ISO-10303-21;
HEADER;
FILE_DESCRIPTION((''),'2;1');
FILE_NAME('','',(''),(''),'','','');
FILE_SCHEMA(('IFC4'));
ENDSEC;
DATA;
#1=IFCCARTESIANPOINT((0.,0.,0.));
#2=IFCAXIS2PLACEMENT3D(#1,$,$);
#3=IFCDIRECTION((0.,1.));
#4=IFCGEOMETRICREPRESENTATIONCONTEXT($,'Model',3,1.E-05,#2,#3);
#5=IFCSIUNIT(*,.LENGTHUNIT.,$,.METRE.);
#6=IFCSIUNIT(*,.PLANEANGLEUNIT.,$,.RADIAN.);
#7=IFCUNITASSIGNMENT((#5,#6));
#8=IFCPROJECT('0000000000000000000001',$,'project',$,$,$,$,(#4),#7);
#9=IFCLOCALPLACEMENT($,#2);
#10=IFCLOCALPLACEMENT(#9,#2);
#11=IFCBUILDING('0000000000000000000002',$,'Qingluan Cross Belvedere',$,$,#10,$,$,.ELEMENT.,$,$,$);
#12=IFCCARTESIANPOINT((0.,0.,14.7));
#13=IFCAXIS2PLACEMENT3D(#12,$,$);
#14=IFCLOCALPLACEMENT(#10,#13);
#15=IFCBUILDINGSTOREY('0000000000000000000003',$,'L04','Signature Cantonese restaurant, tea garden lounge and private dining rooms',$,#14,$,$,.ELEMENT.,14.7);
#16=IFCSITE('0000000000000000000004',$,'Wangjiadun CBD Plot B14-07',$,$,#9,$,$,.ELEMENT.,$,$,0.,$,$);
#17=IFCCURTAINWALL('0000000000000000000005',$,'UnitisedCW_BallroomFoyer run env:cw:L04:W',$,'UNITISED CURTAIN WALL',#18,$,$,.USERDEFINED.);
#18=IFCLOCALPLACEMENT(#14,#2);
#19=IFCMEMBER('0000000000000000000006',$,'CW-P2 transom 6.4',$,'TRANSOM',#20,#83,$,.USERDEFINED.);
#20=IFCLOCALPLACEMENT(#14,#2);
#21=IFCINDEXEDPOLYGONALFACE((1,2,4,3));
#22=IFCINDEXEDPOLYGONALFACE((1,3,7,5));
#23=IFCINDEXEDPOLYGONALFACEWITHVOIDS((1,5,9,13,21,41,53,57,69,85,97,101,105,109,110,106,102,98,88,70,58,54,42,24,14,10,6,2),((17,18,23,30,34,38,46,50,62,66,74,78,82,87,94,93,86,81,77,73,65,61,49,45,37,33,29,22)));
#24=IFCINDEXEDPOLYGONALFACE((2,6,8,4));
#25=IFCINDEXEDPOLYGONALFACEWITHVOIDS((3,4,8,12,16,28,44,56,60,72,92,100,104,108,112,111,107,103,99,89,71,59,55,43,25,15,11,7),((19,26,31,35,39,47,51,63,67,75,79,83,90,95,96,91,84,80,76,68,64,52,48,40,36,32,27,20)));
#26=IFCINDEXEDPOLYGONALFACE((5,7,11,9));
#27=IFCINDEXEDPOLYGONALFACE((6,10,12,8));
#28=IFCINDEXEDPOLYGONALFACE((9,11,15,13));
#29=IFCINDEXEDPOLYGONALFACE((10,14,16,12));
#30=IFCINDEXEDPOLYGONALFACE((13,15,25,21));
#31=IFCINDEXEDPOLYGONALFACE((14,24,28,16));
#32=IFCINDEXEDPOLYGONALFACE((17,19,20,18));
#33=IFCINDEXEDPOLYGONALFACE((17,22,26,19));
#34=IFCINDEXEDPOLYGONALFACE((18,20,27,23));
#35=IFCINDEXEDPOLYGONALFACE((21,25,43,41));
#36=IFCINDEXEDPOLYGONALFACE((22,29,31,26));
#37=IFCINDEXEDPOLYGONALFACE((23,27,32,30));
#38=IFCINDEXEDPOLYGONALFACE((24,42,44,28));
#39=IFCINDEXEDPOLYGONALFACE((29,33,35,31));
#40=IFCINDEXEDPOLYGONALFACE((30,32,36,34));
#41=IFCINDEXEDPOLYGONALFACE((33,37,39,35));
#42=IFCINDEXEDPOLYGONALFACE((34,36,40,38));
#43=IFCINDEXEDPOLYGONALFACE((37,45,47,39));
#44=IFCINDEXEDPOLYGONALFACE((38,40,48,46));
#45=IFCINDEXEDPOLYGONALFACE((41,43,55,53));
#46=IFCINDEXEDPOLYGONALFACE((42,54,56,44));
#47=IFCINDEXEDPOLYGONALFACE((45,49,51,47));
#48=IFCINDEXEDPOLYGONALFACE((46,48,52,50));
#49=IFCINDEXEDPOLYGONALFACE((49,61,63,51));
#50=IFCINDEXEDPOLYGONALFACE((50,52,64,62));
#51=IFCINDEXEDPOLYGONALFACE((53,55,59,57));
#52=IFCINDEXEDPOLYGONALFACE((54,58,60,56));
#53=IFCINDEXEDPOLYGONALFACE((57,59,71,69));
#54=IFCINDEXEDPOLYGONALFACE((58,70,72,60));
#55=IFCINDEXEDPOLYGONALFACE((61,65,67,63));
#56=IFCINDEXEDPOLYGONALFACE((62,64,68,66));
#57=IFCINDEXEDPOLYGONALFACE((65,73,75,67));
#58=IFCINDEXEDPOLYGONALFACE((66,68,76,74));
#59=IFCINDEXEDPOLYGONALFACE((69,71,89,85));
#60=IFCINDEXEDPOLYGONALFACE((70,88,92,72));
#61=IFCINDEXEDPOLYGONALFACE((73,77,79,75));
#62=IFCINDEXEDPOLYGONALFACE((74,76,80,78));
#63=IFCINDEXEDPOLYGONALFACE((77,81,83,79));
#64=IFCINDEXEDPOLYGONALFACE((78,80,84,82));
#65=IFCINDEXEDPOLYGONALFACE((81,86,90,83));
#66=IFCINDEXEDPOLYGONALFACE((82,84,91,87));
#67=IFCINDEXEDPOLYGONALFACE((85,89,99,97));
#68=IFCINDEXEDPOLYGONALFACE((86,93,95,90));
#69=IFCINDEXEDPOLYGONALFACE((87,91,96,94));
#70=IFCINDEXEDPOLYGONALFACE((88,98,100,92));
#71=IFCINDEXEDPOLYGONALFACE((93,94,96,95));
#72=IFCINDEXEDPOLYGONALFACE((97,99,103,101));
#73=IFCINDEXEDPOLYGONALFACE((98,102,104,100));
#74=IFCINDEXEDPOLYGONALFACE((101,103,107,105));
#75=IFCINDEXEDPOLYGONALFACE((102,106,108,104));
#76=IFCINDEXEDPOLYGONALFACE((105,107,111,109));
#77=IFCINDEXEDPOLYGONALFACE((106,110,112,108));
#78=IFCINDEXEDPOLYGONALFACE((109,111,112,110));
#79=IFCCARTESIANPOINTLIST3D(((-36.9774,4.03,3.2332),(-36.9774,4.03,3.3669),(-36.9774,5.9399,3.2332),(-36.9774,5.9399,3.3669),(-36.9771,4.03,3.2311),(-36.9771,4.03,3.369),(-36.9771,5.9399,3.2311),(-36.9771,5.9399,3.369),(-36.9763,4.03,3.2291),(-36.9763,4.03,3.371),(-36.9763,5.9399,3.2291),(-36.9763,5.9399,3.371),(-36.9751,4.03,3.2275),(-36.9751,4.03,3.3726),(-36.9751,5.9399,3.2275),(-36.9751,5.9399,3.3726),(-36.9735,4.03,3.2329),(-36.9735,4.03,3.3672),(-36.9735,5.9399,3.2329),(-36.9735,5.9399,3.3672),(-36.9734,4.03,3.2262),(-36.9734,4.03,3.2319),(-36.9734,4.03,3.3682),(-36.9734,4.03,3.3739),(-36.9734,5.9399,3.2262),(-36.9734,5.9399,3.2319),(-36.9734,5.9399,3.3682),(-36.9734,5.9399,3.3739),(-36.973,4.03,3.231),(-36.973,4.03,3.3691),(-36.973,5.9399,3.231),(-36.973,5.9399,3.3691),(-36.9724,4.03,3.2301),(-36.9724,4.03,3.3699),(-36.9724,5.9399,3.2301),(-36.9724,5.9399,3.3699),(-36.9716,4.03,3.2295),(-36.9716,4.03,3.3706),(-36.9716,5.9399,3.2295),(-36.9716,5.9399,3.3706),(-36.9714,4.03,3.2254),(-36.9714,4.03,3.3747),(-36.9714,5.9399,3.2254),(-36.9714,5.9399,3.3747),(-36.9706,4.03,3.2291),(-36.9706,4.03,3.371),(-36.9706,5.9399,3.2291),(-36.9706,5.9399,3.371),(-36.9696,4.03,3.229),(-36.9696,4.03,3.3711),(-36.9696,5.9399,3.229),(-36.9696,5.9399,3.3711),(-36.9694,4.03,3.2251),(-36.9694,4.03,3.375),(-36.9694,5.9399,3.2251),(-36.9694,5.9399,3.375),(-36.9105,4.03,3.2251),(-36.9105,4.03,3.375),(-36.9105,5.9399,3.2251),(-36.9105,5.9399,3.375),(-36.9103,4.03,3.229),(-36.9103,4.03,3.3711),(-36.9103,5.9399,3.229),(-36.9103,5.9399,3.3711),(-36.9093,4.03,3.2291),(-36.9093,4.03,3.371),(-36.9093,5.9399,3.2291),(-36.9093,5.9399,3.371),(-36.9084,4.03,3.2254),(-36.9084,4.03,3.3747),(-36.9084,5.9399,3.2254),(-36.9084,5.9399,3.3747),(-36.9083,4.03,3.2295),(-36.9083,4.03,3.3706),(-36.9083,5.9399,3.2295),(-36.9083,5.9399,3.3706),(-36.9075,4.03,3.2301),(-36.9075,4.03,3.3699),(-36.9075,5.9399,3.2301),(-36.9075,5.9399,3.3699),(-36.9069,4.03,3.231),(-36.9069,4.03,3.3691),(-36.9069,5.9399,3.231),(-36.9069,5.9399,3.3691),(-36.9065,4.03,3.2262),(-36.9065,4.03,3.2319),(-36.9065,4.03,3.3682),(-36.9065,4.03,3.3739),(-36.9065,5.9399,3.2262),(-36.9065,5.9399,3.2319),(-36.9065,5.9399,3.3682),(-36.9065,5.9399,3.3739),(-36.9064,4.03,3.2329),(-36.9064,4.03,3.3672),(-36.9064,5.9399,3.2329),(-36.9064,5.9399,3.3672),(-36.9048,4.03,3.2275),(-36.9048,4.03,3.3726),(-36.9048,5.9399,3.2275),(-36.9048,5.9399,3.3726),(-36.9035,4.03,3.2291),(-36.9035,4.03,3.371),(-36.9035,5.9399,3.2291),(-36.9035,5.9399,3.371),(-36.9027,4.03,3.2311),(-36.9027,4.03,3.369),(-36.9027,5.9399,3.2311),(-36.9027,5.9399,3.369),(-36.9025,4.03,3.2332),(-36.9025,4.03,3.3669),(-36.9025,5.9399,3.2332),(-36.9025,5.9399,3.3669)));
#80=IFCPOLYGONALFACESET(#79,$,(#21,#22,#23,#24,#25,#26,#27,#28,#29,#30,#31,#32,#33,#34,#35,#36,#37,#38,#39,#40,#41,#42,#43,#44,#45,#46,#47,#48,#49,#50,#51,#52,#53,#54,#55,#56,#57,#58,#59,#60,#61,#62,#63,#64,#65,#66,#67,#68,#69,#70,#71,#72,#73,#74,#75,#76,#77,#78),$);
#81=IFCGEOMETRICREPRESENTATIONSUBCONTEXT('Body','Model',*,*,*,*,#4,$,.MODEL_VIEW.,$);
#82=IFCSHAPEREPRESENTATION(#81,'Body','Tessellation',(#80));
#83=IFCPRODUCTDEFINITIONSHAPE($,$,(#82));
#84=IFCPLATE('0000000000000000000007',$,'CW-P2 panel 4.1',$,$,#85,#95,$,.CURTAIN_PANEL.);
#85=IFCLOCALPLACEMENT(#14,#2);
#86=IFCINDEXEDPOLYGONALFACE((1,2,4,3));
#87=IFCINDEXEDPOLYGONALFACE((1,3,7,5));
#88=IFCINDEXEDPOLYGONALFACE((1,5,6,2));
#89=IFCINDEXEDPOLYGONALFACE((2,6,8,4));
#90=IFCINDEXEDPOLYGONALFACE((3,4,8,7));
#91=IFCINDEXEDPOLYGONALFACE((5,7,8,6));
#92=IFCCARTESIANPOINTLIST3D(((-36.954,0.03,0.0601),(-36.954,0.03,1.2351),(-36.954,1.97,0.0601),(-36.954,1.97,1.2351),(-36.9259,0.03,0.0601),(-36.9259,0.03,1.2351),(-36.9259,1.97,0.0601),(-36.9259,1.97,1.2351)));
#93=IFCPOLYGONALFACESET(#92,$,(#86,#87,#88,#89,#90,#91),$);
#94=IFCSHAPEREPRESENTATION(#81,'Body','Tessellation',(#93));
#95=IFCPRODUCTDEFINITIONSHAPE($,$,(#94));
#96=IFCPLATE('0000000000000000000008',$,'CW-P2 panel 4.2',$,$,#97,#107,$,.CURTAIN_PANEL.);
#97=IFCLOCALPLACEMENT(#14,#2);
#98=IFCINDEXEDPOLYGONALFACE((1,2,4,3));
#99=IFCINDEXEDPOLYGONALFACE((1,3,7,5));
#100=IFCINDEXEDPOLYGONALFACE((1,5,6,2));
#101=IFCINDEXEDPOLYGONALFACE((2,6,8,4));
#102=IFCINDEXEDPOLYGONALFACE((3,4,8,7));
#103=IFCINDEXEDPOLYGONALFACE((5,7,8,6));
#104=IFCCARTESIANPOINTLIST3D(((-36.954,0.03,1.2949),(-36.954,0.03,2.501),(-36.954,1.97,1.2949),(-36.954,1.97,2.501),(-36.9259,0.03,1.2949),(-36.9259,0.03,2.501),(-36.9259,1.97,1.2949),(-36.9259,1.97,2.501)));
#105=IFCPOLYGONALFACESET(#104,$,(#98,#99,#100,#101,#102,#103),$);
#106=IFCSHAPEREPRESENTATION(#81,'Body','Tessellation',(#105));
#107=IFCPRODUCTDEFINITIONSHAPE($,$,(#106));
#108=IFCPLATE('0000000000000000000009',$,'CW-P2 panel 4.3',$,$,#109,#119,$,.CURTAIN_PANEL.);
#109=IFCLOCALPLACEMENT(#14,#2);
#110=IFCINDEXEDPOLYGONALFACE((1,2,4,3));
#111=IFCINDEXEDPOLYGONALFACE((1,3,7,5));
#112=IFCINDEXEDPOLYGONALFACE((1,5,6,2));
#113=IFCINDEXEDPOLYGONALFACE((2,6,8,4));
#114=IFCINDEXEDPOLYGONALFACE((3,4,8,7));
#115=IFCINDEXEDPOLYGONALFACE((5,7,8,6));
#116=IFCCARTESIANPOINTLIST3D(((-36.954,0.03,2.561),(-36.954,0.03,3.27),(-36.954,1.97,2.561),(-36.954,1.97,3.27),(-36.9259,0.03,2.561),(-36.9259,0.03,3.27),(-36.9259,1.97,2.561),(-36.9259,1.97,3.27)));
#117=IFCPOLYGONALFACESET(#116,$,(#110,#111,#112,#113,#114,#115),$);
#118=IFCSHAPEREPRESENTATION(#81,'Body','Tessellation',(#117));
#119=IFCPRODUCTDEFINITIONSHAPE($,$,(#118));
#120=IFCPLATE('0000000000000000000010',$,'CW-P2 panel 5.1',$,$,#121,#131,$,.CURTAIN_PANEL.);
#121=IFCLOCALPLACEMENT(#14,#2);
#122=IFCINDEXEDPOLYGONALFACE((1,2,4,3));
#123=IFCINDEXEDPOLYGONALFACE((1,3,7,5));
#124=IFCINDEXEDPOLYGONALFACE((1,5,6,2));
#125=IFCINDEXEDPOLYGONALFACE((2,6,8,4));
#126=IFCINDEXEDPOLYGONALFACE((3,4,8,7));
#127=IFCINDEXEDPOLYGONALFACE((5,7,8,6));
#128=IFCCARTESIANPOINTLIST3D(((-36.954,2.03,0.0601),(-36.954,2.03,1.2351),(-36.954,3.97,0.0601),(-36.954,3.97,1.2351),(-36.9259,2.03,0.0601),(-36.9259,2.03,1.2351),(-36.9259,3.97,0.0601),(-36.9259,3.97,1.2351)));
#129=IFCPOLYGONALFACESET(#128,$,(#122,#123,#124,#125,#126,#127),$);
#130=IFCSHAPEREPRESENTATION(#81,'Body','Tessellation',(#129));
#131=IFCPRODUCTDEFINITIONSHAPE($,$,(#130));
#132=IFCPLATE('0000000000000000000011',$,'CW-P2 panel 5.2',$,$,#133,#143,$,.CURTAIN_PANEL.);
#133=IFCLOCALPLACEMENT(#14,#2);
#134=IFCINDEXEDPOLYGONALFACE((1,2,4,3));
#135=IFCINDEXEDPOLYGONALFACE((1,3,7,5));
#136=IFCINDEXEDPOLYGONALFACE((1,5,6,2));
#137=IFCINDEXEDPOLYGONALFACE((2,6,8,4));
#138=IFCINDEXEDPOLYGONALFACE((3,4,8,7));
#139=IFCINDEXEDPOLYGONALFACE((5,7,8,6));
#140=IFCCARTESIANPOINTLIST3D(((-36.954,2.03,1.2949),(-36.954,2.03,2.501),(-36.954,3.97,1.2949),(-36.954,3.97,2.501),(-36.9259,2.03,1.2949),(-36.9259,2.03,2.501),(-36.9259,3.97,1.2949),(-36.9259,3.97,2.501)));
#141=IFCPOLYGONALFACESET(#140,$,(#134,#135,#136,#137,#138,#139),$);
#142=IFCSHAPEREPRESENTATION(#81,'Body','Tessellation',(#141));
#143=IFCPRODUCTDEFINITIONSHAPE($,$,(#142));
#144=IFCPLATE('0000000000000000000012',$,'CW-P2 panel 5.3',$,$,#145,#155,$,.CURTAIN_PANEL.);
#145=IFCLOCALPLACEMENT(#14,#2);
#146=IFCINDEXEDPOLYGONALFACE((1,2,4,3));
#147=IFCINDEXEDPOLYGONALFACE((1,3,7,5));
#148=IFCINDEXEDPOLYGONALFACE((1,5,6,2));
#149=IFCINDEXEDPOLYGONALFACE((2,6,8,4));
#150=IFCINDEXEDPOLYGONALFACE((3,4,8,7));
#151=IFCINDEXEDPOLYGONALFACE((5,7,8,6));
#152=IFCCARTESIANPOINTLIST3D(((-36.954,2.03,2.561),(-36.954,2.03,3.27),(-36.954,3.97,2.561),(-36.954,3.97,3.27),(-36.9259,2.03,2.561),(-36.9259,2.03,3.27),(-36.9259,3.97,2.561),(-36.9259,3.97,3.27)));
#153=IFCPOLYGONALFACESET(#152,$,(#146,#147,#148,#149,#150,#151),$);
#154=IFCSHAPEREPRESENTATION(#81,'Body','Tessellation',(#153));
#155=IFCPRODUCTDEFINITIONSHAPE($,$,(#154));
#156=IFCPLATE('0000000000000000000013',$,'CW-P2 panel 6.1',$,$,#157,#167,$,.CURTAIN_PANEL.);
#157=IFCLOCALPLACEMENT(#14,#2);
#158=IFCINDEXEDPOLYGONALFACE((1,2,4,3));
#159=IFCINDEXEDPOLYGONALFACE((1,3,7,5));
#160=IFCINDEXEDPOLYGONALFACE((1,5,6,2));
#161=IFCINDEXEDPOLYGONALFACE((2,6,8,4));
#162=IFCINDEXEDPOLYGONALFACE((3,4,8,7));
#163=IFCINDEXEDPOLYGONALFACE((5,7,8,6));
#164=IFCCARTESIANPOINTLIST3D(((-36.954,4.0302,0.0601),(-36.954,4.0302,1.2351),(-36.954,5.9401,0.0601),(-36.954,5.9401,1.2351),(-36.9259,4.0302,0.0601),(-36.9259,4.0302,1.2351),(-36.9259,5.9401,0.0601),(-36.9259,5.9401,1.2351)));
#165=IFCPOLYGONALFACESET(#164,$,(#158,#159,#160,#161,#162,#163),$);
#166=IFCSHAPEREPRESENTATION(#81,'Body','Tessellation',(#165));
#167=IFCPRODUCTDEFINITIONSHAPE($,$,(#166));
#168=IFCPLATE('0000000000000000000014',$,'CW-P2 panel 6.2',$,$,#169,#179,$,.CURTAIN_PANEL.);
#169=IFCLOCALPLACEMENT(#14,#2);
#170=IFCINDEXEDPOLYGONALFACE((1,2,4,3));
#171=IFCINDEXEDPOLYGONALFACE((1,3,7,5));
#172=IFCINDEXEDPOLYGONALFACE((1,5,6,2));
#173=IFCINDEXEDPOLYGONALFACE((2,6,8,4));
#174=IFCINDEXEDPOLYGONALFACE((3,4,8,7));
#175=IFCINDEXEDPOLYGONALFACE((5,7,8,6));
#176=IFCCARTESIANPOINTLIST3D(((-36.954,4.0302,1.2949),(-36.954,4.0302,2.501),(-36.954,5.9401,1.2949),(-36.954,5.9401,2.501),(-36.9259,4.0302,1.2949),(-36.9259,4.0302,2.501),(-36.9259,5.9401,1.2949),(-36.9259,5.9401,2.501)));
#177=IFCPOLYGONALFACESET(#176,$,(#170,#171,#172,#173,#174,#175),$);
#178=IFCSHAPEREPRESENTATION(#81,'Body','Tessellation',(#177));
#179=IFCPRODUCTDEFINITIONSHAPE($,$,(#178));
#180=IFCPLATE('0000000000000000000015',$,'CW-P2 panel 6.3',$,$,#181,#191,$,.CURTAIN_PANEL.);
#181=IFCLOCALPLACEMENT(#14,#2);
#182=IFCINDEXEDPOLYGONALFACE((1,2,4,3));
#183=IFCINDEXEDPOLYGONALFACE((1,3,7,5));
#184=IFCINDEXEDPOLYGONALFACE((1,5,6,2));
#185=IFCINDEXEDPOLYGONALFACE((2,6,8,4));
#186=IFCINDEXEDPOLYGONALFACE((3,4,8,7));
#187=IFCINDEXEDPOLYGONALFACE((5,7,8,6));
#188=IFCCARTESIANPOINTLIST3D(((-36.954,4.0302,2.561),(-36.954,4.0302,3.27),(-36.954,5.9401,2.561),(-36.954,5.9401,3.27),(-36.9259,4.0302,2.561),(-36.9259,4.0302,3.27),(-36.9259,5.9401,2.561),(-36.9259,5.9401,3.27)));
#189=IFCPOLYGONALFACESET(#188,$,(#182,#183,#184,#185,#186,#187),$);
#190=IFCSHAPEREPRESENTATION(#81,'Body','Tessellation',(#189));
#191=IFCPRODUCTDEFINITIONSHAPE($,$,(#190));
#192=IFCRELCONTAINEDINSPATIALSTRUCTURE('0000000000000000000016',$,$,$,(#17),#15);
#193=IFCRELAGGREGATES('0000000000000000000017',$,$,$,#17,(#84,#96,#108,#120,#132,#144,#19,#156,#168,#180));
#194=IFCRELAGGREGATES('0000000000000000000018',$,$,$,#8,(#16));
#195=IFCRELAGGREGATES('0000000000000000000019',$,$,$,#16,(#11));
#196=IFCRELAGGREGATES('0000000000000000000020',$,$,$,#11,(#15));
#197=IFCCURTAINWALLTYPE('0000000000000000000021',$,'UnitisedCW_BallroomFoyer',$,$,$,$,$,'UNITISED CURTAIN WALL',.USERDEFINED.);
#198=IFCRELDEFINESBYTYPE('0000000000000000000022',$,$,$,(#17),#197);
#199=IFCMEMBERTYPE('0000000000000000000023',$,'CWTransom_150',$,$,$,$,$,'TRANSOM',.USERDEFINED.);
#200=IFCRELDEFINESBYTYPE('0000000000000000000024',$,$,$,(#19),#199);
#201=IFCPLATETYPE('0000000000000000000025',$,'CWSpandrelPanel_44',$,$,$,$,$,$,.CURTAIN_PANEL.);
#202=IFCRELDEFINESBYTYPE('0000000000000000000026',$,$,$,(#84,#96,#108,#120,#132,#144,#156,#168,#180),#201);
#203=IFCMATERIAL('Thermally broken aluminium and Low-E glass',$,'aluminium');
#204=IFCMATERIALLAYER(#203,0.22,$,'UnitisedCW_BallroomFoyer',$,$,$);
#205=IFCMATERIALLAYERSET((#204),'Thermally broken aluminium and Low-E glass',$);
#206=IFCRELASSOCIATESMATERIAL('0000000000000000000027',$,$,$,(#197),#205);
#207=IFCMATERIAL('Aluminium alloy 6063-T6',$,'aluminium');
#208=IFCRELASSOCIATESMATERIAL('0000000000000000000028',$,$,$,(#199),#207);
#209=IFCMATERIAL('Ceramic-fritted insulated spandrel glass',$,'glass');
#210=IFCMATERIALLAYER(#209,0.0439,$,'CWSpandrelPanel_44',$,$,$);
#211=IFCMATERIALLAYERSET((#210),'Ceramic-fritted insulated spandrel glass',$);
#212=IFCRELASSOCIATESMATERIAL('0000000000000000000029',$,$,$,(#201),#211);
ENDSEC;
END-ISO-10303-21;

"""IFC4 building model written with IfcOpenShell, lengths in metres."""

from ifc_helpers import new_model, si_unit, direction, frame, origin, origin_2d, place, context, subcontext, project, spatial, rectangle, hollow_rectangle, extrude, material, layer, layer_set, material_profile, profile_set, type_object, element, aggregate, save


model = new_model("IFC4")

# Units and contexts
model_context = context("Model", 3, precision=1e-05, world=origin(), true_north=direction((0.0, 1.0)))
body_context = subcontext(model_context, "Body", "Model", "MODEL_VIEW")
ifc_project = project(units=[si_unit("LENGTHUNIT", "METRE"), si_unit("PLANEANGLEUNIT", "RADIAN")], contexts=[model_context])

# Site, building, storey
site_placement = place(None, origin())
site = spatial("IfcSite", under=ifc_project, at=site_placement, Name="Wangjiadun CBD Plot B14-07", CompositionType="ELEMENT", RefElevation=0.0)
building_placement = place(site_placement, origin())
building = spatial("IfcBuilding", under=site, at=building_placement, Name="Qingluan Cross Belvedere", CompositionType="ELEMENT")
storey_placement = place(building_placement, frame((0.0, 0.0, 14.7)))
storey = spatial("IfcBuildingStorey", under=building, at=storey_placement, Name="L04", Description="Signature Cantonese restaurant, tea garden lounge and private dining rooms", CompositionType="ELEMENT", Elevation=14.7)

# Curtain wall, member, plates
ifc_material_1 = material(Name="Thermally broken aluminium and Low-E glass", Category="aluminium")
ifc_layer_1 = layer(ifc_material_1, 0.22, Name="UnitisedCW_BallroomFoyer")
ifc_layer_set_1 = layer_set([ifc_layer_1], Name="Thermally broken aluminium and Low-E glass")
curtain_wall_type = type_object("IfcCurtainWallType", Name="UnitisedCW_BallroomFoyer", ElementType="UNITISED CURTAIN WALL", PredefinedType="USERDEFINED", material=ifc_layer_set_1)
curtain_wall_placement = place(storey_placement, origin())
curtain_wall = element("IfcCurtainWall", 1, at=curtain_wall_placement, inside=storey, type_object=curtain_wall_type, Name="UnitisedCW_BallroomFoyer run env:cw:L04:W", ObjectType="UNITISED CURTAIN WALL", PredefinedType="USERDEFINED")
ifc_material_2 = material(Name="Aluminium alloy 6063-T6", Category="aluminium")
ifc_material_profile_1 = material_profile(ifc_material_2, hollow_rectangle(XDim=0.075, YDim=0.1499, WallThickness=0.0039, InnerFilletRadius=0.0039, OuterFilletRadius=0.0081, at=origin_2d()), Name="CWT150x75x4")
ifc_profile_set_1 = profile_set([ifc_material_profile_1], Name="Aluminium alloy 6063-T6")
member_type_1 = type_object("IfcMemberType", Name="CWTransom_150", ElementType="TRANSOM", PredefinedType="USERDEFINED", material=ifc_profile_set_1)
member_1_placement = place(storey_placement, frame((-36.9399, 4.03, 3.3), z_axis=(0.0, 1.0, 0.0), x_axis=(-1.0, 0.0, 0.0)))
member_1 = element("IfcMember", 2, at=member_1_placement, type_object=member_type_1, Name="CW-P2 transom 6.4", ObjectType="TRANSOM", PredefinedType="USERDEFINED", context=body_context, shape_type="SweptSolid", body=[
    extrude(hollow_rectangle(XDim=0.075, YDim=0.1499, WallThickness=0.0039, InnerFilletRadius=0.0039, OuterFilletRadius=0.0081, at=origin_2d()), origin(), (0.0, 0.0, 1.0), 1.9099),
])
ifc_material_3 = material(Name="Ceramic-fritted insulated spandrel glass", Category="glass")
ifc_layer_2 = layer(ifc_material_3, 0.0439, Name="CWSpandrelPanel_44")
ifc_layer_set_2 = layer_set([ifc_layer_2], Name="Ceramic-fritted insulated spandrel glass")
plate_type = type_object("IfcPlateType", Name="CWSpandrelPanel_44", PredefinedType="CURTAIN_PANEL", material=ifc_layer_set_2)
plate_1_placement = place(storey_placement, frame((-36.9399, 1.0, 0.0601), z_axis=(0.0, 0.0, 1.0), x_axis=(0.0, 1.0, 0.0)))
plate_1 = element("IfcPlate", 3, at=plate_1_placement, type_object=plate_type, Name="CW-P2 panel 4.1", PredefinedType="CURTAIN_PANEL", context=body_context, shape_type="SweptSolid", body=[
    extrude(rectangle(XDim=1.9399, YDim=0.0281, at=origin_2d()), origin(), (0.0, 0.0, 1.0), 1.175),
])
plate_2_placement = place(storey_placement, frame((-36.9399, 1.0, 1.2949), z_axis=(0.0, 0.0, 1.0), x_axis=(0.0, 1.0, 0.0)))
plate_2 = element("IfcPlate", 4, at=plate_2_placement, type_object=plate_type, Name="CW-P2 panel 4.2", PredefinedType="CURTAIN_PANEL", context=body_context, shape_type="SweptSolid", body=[
    extrude(rectangle(XDim=1.9399, YDim=0.0281, at=origin_2d()), origin(), (0.0, 0.0, 1.0), 1.2061),
])
plate_3_placement = place(storey_placement, frame((-36.9399, 1.0, 2.561), z_axis=(0.0, 0.0, 1.0), x_axis=(0.0, 1.0, 0.0)))
plate_3 = element("IfcPlate", 5, at=plate_3_placement, type_object=plate_type, Name="CW-P2 panel 4.3", PredefinedType="CURTAIN_PANEL", context=body_context, shape_type="SweptSolid", body=[
    extrude(rectangle(XDim=1.9399, YDim=0.0281, at=origin_2d()), origin(), (0.0, 0.0, 1.0), 0.709),
])
plate_4_placement = place(storey_placement, frame((-36.9399, 3.0, 0.0601), z_axis=(0.0, 0.0, 1.0), x_axis=(0.0, 1.0, 0.0)))
plate_4 = element("IfcPlate", 6, at=plate_4_placement, type_object=plate_type, Name="CW-P2 panel 5.1", PredefinedType="CURTAIN_PANEL", context=body_context, shape_type="SweptSolid", body=[
    extrude(rectangle(XDim=1.9399, YDim=0.0281, at=origin_2d()), origin(), (0.0, 0.0, 1.0), 1.175),
])
plate_5_placement = place(storey_placement, frame((-36.9399, 3.0, 1.2949), z_axis=(0.0, 0.0, 1.0), x_axis=(0.0, 1.0, 0.0)))
plate_5 = element("IfcPlate", 7, at=plate_5_placement, type_object=plate_type, Name="CW-P2 panel 5.2", PredefinedType="CURTAIN_PANEL", context=body_context, shape_type="SweptSolid", body=[
    extrude(rectangle(XDim=1.9399, YDim=0.0281, at=origin_2d()), origin(), (0.0, 0.0, 1.0), 1.2061),
])
plate_6_placement = place(storey_placement, frame((-36.9399, 3.0, 2.561), z_axis=(0.0, 0.0, 1.0), x_axis=(0.0, 1.0, 0.0)))
plate_6 = element("IfcPlate", 8, at=plate_6_placement, type_object=plate_type, Name="CW-P2 panel 5.3", PredefinedType="CURTAIN_PANEL", context=body_context, shape_type="SweptSolid", body=[
    extrude(rectangle(XDim=1.9399, YDim=0.0281, at=origin_2d()), origin(), (0.0, 0.0, 1.0), 0.709),
])
plate_7_placement = place(storey_placement, frame((-36.9399, 4.9851, 0.0601), z_axis=(0.0, 0.0, 1.0), x_axis=(0.0, 1.0, 0.0)))
plate_7 = element("IfcPlate", 9, at=plate_7_placement, type_object=plate_type, Name="CW-P2 panel 6.1", PredefinedType="CURTAIN_PANEL", context=body_context, shape_type="SweptSolid", body=[
    extrude(rectangle(XDim=1.9099, YDim=0.0281, at=origin_2d()), origin(), (0.0, 0.0, 1.0), 1.175),
])
plate_8_placement = place(storey_placement, frame((-36.9399, 4.9851, 1.2949), z_axis=(0.0, 0.0, 1.0), x_axis=(0.0, 1.0, 0.0)))
plate_8 = element("IfcPlate", 10, at=plate_8_placement, type_object=plate_type, Name="CW-P2 panel 6.2", PredefinedType="CURTAIN_PANEL", context=body_context, shape_type="SweptSolid", body=[
    extrude(rectangle(XDim=1.9099, YDim=0.0281, at=origin_2d()), origin(), (0.0, 0.0, 1.0), 1.2061),
])
plate_9_placement = place(storey_placement, frame((-36.9399, 4.9851, 2.561), z_axis=(0.0, 0.0, 1.0), x_axis=(0.0, 1.0, 0.0)))
plate_9 = element("IfcPlate", 11, at=plate_9_placement, type_object=plate_type, Name="CW-P2 panel 6.3", PredefinedType="CURTAIN_PANEL", context=body_context, shape_type="SweptSolid", body=[
    extrude(rectangle(XDim=1.9099, YDim=0.0281, at=origin_2d()), origin(), (0.0, 0.0, 1.0), 0.709),
])
aggregate(curtain_wall, [plate_1, plate_2, plate_3, plate_4, plate_5, plate_6, member_1, plate_7, plate_8, plate_9])

save(model, "model.ifc")
